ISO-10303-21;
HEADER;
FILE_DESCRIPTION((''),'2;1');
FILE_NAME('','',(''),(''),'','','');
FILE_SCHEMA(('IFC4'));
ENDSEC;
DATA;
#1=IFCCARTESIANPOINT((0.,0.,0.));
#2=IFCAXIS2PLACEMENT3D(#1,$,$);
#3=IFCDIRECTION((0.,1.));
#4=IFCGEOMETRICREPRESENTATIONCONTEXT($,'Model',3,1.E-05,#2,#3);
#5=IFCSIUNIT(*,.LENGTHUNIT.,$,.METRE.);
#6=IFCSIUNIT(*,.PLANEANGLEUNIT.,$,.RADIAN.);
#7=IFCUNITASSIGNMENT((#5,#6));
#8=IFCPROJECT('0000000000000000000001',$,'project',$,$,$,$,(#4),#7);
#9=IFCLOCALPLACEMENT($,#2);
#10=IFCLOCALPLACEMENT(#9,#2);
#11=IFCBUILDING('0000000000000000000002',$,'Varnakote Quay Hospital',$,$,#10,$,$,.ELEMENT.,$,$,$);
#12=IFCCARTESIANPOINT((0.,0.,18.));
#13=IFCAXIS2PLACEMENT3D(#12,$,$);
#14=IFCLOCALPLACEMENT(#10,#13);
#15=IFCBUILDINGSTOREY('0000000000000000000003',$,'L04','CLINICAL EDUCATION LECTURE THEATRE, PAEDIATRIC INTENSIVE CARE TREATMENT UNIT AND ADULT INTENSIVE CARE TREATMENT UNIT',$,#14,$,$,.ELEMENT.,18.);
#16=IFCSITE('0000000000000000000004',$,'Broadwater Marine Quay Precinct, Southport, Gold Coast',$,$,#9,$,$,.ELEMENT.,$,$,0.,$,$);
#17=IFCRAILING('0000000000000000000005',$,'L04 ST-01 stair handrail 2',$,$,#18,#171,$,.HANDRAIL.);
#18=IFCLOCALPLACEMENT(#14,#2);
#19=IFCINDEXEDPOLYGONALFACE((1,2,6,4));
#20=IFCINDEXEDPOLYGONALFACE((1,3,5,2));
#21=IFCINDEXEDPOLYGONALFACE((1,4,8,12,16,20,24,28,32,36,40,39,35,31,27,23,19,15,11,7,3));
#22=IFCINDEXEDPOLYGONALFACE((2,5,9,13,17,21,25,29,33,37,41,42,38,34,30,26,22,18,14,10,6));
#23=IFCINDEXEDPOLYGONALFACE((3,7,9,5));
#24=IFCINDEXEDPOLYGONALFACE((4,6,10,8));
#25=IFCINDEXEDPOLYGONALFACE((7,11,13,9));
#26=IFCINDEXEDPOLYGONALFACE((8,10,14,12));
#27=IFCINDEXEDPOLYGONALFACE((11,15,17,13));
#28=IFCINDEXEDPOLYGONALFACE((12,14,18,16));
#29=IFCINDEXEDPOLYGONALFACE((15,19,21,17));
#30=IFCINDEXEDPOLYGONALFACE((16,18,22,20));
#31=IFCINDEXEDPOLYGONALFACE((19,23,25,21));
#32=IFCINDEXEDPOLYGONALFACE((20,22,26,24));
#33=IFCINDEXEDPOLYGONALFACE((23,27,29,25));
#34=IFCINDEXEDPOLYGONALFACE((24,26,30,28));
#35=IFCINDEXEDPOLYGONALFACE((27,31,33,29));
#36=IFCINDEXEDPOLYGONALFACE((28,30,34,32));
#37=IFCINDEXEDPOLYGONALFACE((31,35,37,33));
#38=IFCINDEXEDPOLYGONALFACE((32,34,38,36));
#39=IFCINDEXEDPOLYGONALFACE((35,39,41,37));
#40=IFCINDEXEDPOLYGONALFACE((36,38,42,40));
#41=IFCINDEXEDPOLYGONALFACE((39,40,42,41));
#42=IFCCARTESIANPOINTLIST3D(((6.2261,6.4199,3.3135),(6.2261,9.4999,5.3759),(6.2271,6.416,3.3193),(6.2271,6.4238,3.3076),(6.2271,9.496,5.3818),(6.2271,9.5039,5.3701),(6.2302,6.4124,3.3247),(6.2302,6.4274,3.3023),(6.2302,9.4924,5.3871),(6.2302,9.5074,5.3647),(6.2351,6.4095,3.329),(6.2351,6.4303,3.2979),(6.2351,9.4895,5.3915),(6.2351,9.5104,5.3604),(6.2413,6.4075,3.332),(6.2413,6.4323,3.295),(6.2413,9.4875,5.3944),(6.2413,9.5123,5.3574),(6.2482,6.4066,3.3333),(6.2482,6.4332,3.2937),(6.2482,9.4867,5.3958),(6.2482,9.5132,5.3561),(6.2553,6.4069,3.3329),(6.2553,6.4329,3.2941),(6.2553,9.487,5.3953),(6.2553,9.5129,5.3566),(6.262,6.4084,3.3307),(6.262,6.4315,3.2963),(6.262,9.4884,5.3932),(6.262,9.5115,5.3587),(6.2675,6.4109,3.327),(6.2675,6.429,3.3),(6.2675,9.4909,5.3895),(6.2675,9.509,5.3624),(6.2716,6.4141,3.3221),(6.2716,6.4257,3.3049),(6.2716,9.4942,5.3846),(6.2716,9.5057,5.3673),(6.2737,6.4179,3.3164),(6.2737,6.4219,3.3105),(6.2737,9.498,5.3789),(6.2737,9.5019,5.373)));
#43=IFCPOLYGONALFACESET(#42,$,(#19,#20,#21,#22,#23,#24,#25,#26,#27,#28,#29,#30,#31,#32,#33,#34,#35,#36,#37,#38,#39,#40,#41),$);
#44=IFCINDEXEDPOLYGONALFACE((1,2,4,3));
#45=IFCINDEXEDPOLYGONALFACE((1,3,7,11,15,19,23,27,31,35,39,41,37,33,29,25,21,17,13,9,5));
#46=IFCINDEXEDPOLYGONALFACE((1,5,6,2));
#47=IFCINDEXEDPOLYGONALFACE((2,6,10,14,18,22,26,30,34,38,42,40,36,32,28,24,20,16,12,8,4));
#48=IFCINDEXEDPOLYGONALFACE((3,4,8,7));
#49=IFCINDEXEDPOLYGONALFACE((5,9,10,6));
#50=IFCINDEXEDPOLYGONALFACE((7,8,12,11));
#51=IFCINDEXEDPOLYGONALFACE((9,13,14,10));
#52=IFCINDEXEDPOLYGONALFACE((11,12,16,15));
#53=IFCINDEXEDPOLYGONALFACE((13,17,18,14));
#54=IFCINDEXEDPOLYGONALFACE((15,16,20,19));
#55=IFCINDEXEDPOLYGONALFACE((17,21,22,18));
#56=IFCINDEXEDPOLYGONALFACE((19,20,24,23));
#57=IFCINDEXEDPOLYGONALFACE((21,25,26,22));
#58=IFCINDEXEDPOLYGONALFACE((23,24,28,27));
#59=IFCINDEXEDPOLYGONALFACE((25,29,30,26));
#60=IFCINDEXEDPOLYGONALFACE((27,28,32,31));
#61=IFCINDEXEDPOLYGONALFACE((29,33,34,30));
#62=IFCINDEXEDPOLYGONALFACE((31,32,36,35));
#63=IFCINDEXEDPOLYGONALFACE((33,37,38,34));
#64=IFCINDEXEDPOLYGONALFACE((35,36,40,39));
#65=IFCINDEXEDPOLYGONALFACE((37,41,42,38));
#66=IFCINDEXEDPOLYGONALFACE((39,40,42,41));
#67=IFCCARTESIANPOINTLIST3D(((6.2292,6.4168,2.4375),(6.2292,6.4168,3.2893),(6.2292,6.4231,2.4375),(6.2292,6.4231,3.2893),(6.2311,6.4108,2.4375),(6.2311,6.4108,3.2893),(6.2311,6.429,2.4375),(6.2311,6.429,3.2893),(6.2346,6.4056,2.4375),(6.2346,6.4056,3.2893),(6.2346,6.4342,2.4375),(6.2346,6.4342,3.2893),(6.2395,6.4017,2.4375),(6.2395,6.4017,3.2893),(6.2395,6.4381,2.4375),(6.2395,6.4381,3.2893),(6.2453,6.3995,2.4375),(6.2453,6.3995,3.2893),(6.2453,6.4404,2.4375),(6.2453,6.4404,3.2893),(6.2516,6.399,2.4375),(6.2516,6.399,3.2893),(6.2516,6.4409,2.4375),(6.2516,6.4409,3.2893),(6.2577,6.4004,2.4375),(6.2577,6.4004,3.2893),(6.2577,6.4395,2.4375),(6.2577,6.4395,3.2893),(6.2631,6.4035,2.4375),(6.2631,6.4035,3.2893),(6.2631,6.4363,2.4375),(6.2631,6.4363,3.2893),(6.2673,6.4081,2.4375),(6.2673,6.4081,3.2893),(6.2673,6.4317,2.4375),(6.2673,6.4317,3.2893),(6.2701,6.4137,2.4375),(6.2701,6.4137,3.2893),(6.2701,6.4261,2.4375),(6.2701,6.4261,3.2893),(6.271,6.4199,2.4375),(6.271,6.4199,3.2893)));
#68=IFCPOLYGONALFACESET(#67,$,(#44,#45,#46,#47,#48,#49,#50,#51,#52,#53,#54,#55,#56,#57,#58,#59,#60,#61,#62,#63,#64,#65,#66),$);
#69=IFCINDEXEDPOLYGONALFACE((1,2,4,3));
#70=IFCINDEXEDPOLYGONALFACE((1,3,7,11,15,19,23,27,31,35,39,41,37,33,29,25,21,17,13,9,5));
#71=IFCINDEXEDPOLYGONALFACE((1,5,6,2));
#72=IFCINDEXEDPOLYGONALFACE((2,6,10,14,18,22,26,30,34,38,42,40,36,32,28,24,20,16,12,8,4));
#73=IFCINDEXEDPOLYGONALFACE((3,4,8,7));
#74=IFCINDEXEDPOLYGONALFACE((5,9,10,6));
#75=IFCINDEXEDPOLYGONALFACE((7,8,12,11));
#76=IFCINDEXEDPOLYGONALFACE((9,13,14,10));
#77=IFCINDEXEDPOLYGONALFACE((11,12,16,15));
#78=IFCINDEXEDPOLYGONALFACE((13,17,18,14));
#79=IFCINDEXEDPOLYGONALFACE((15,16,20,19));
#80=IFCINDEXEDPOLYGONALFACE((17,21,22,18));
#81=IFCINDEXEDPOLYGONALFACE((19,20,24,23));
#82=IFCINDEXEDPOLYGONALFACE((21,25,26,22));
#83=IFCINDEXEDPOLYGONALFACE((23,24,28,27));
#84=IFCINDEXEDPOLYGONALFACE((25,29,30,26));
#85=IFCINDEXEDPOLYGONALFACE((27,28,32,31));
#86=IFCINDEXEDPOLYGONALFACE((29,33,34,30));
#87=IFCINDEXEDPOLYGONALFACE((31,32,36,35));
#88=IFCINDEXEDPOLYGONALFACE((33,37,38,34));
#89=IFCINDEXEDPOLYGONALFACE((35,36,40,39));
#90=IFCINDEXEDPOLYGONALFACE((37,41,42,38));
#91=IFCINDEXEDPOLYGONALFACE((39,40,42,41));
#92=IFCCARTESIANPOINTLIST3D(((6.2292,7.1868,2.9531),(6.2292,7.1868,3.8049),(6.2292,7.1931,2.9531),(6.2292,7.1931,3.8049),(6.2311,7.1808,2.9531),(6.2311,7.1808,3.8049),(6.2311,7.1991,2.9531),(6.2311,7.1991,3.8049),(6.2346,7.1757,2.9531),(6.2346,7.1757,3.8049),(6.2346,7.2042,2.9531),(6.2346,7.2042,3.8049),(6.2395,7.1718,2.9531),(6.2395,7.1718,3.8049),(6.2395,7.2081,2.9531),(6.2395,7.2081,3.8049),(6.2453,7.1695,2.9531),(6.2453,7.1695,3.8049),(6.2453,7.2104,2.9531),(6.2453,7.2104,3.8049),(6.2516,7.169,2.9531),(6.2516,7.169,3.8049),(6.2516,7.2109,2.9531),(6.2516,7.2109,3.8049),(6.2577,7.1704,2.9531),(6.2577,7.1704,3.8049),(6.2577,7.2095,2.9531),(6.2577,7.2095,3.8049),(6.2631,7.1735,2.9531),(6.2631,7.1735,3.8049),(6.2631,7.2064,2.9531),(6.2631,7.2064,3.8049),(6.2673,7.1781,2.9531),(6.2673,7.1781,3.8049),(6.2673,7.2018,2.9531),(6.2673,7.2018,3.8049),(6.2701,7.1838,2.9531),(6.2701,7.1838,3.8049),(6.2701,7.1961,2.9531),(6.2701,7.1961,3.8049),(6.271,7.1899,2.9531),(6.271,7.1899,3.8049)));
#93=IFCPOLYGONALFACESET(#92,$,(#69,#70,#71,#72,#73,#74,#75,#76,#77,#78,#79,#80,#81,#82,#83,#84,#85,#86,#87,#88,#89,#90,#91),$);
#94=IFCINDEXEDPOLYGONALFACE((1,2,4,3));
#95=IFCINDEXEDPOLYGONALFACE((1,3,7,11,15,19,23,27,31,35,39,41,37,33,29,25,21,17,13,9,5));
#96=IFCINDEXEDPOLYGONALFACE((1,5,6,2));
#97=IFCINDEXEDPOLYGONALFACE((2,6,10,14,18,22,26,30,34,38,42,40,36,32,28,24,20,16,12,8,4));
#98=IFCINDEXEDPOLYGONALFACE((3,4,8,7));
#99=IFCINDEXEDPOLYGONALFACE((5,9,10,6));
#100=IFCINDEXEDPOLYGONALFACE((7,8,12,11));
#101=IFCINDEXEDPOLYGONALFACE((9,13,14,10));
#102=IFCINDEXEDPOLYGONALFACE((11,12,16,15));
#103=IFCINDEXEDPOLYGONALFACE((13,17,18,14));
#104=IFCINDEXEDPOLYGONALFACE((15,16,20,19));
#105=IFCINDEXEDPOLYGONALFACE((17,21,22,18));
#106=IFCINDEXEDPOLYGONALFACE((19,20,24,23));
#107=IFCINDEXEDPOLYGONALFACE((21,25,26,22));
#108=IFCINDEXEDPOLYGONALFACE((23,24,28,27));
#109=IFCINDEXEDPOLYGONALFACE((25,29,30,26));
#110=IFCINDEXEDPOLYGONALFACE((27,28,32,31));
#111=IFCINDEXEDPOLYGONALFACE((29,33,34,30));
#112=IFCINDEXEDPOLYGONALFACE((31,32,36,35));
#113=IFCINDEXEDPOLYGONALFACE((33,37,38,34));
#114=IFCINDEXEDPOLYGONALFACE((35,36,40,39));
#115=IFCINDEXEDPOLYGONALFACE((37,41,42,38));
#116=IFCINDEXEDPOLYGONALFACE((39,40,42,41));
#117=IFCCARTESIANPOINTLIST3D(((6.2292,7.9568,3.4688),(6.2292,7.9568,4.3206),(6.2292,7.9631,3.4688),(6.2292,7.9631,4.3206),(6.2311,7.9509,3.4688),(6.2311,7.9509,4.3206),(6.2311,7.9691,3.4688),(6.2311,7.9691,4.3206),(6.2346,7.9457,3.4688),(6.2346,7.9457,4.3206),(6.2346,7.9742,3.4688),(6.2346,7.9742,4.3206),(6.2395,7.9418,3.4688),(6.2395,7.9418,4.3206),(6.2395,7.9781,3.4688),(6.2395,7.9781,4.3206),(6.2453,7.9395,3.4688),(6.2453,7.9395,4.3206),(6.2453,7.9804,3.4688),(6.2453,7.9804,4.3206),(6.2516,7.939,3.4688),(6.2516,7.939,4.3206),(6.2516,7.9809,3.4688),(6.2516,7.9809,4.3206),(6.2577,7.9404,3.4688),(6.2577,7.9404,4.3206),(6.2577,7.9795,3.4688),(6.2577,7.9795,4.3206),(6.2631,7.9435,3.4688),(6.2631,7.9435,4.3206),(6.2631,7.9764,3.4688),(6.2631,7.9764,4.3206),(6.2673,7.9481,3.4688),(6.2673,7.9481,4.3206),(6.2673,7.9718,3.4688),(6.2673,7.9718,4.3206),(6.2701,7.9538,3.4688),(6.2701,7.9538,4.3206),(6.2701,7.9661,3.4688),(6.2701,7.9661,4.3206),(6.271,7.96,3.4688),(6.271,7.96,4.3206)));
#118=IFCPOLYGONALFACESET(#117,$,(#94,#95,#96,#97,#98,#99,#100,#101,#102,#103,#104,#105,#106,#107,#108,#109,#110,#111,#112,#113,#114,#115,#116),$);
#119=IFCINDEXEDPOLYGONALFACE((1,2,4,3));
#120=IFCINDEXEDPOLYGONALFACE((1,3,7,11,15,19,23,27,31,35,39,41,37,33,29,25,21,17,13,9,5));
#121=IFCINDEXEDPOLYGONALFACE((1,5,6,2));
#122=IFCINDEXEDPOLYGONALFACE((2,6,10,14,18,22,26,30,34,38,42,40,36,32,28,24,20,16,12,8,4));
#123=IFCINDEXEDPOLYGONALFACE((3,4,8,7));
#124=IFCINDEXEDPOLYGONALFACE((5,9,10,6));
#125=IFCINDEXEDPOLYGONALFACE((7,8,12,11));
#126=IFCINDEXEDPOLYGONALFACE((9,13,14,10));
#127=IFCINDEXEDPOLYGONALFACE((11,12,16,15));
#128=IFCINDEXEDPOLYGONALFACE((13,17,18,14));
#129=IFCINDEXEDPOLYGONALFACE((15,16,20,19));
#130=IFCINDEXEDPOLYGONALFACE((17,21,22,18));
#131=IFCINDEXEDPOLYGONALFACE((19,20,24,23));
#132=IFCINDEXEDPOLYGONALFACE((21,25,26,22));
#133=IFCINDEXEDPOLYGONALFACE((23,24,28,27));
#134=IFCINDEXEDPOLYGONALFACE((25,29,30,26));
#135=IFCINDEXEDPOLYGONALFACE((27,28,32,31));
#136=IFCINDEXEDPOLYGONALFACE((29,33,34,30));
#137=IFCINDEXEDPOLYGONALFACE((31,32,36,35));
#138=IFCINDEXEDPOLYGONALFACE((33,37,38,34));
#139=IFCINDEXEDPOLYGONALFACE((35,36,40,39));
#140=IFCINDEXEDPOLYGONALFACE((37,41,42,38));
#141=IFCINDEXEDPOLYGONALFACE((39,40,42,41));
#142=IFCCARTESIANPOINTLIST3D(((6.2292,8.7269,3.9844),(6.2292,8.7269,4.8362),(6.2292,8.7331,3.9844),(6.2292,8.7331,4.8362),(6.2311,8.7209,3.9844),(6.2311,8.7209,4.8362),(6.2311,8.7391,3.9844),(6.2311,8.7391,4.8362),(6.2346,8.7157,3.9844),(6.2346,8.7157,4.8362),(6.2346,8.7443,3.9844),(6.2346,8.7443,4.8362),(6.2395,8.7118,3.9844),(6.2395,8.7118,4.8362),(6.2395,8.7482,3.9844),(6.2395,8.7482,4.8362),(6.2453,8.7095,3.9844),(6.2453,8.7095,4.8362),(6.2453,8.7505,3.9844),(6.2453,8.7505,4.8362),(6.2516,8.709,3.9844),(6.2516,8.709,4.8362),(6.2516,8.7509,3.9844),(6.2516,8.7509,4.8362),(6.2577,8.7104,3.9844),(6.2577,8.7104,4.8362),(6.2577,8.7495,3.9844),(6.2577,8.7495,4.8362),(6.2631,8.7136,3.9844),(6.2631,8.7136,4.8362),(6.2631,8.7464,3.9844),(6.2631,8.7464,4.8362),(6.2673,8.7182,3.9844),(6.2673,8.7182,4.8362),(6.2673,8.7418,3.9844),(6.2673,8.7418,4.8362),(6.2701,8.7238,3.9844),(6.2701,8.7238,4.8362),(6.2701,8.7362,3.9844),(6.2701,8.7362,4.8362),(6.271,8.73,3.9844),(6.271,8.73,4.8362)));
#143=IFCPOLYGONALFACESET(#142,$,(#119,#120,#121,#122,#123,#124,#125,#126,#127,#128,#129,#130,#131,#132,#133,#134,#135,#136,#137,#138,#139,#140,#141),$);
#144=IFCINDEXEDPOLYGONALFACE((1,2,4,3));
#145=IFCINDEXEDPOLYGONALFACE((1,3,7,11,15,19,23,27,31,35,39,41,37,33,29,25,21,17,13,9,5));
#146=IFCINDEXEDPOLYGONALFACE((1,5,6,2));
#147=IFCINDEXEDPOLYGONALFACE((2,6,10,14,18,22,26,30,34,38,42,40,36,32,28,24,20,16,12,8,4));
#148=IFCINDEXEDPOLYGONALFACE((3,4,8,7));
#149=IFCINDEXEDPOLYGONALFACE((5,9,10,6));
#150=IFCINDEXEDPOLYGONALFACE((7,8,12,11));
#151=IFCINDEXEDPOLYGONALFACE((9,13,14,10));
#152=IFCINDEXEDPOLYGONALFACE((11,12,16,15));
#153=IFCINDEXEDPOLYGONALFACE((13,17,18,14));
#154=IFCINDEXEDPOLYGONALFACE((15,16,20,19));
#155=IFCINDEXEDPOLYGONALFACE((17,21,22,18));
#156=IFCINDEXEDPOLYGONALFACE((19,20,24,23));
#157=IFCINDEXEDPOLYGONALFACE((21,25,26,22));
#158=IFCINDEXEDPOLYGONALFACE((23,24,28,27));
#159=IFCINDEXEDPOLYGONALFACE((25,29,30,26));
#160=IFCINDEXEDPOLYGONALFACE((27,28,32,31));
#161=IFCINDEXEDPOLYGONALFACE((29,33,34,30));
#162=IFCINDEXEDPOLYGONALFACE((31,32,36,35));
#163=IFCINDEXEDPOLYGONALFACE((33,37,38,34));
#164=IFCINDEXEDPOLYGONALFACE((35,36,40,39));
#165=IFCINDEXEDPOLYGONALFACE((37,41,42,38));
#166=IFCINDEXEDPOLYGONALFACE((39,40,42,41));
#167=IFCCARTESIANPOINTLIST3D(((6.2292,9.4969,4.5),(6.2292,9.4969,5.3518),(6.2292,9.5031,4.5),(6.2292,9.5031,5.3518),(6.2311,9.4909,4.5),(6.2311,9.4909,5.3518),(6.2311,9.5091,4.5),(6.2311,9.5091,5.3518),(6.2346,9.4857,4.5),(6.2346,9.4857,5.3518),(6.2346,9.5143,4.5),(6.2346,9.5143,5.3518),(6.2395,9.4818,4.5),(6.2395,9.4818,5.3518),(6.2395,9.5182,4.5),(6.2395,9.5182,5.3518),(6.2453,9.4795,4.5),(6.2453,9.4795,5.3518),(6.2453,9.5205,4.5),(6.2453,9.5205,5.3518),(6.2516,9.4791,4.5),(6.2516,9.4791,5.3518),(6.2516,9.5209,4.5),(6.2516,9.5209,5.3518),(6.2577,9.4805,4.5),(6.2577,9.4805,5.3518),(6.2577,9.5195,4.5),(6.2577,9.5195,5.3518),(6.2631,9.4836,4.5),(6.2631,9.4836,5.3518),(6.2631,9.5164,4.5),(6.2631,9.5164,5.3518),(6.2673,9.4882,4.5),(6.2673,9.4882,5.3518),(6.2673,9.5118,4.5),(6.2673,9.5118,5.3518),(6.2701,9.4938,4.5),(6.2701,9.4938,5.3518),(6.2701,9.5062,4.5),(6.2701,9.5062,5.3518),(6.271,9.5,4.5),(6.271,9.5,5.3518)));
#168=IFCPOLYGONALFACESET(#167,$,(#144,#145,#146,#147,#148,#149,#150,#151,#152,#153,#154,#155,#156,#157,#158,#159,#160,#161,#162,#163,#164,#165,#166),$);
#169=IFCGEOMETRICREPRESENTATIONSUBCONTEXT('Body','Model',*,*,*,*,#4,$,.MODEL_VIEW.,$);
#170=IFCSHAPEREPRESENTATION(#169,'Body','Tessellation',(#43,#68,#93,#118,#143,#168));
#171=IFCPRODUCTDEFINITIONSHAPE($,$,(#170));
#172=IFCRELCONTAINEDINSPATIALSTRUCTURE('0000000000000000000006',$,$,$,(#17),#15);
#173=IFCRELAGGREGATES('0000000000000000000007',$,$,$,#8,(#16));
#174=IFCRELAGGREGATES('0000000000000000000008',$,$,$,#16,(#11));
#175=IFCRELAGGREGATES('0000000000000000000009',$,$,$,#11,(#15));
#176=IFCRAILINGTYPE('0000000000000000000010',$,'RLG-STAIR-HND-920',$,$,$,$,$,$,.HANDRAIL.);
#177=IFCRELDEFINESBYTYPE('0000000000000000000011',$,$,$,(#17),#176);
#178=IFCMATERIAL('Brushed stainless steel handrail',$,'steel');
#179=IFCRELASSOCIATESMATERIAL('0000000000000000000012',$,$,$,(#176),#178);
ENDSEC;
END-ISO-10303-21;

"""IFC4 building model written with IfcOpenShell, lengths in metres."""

from ifc_helpers import new_model, si_unit, direction, frame, origin, origin_2d, place, context, subcontext, project, spatial, circle, extrude, material, type_object, element, save


model = new_model("IFC4")

# Units and contexts
model_context = context("Model", 3, precision=1e-05, world=origin(), true_north=direction((0.0, 1.0)))
body_context = subcontext(model_context, "Body", "Model", "MODEL_VIEW")
ifc_project = project(units=[si_unit("LENGTHUNIT", "METRE"), si_unit("PLANEANGLEUNIT", "RADIAN")], contexts=[model_context])

# Site, building, storey
site_placement = place(None, origin())
site = spatial("IfcSite", under=ifc_project, at=site_placement, Name="Broadwater Marine Quay Precinct, Southport, Gold Coast", CompositionType="ELEMENT", RefElevation=0.0)
building_placement = place(site_placement, origin())
building = spatial("IfcBuilding", under=site, at=building_placement, Name="Varnakote Quay Hospital", CompositionType="ELEMENT")
storey_placement = place(building_placement, frame((0.0, 0.0, 18.0)))
storey = spatial("IfcBuildingStorey", under=building, at=storey_placement, Name="L04", Description="CLINICAL EDUCATION LECTURE THEATRE, PAEDIATRIC INTENSIVE CARE TREATMENT UNIT AND ADULT INTENSIVE CARE TREATMENT UNIT", CompositionType="ELEMENT", Elevation=18.0)

# Railing
ifc_material_1 = material(Name="Brushed stainless steel handrail", Category="steel")
railing_type_1 = type_object("IfcRailingType", Name="RLG-STAIR-HND-920", PredefinedType="HANDRAIL", material=ifc_material_1)
railing_1_placement = place(storey_placement, frame((6.25, 6.4199, 2.4375)))
element("IfcRailing", 1, at=railing_1_placement, inside=storey, type_object=railing_type_1, Name="L04 ST-01 stair handrail 2", PredefinedType="HANDRAIL", context=body_context, shape_type="SweptSolid", body=[
    extrude(circle(Radius=0.0239, at=origin_2d()), frame((0.0, 0.0, 0.876), z_axis=(0.0, 0.830914, 0.556401), x_axis=(-1.0, 0.0, 0.0)), (0.0, 0.0, 1.0), 3.7068),
    extrude(circle(Radius=0.021, at=origin_2d()), origin(), (0.0, 0.0, 1.0), 0.8518),
    extrude(circle(Radius=0.021, at=origin_2d()), frame((0.0, 0.77, 0.5156)), (0.0, 0.0, 1.0), 0.8518),
    extrude(circle(Radius=0.021, at=origin_2d()), frame((0.0, 1.54, 1.0312)), (0.0, 0.0, 1.0), 0.8518),
    extrude(circle(Radius=0.021, at=origin_2d()), frame((0.0, 2.3101, 1.5469)), (0.0, 0.0, 1.0), 0.8518),
    extrude(circle(Radius=0.021, at=origin_2d()), frame((0.0, 3.0801, 2.0625)), (0.0, 0.0, 1.0), 0.8518),
])

save(model, "model.ifc")
